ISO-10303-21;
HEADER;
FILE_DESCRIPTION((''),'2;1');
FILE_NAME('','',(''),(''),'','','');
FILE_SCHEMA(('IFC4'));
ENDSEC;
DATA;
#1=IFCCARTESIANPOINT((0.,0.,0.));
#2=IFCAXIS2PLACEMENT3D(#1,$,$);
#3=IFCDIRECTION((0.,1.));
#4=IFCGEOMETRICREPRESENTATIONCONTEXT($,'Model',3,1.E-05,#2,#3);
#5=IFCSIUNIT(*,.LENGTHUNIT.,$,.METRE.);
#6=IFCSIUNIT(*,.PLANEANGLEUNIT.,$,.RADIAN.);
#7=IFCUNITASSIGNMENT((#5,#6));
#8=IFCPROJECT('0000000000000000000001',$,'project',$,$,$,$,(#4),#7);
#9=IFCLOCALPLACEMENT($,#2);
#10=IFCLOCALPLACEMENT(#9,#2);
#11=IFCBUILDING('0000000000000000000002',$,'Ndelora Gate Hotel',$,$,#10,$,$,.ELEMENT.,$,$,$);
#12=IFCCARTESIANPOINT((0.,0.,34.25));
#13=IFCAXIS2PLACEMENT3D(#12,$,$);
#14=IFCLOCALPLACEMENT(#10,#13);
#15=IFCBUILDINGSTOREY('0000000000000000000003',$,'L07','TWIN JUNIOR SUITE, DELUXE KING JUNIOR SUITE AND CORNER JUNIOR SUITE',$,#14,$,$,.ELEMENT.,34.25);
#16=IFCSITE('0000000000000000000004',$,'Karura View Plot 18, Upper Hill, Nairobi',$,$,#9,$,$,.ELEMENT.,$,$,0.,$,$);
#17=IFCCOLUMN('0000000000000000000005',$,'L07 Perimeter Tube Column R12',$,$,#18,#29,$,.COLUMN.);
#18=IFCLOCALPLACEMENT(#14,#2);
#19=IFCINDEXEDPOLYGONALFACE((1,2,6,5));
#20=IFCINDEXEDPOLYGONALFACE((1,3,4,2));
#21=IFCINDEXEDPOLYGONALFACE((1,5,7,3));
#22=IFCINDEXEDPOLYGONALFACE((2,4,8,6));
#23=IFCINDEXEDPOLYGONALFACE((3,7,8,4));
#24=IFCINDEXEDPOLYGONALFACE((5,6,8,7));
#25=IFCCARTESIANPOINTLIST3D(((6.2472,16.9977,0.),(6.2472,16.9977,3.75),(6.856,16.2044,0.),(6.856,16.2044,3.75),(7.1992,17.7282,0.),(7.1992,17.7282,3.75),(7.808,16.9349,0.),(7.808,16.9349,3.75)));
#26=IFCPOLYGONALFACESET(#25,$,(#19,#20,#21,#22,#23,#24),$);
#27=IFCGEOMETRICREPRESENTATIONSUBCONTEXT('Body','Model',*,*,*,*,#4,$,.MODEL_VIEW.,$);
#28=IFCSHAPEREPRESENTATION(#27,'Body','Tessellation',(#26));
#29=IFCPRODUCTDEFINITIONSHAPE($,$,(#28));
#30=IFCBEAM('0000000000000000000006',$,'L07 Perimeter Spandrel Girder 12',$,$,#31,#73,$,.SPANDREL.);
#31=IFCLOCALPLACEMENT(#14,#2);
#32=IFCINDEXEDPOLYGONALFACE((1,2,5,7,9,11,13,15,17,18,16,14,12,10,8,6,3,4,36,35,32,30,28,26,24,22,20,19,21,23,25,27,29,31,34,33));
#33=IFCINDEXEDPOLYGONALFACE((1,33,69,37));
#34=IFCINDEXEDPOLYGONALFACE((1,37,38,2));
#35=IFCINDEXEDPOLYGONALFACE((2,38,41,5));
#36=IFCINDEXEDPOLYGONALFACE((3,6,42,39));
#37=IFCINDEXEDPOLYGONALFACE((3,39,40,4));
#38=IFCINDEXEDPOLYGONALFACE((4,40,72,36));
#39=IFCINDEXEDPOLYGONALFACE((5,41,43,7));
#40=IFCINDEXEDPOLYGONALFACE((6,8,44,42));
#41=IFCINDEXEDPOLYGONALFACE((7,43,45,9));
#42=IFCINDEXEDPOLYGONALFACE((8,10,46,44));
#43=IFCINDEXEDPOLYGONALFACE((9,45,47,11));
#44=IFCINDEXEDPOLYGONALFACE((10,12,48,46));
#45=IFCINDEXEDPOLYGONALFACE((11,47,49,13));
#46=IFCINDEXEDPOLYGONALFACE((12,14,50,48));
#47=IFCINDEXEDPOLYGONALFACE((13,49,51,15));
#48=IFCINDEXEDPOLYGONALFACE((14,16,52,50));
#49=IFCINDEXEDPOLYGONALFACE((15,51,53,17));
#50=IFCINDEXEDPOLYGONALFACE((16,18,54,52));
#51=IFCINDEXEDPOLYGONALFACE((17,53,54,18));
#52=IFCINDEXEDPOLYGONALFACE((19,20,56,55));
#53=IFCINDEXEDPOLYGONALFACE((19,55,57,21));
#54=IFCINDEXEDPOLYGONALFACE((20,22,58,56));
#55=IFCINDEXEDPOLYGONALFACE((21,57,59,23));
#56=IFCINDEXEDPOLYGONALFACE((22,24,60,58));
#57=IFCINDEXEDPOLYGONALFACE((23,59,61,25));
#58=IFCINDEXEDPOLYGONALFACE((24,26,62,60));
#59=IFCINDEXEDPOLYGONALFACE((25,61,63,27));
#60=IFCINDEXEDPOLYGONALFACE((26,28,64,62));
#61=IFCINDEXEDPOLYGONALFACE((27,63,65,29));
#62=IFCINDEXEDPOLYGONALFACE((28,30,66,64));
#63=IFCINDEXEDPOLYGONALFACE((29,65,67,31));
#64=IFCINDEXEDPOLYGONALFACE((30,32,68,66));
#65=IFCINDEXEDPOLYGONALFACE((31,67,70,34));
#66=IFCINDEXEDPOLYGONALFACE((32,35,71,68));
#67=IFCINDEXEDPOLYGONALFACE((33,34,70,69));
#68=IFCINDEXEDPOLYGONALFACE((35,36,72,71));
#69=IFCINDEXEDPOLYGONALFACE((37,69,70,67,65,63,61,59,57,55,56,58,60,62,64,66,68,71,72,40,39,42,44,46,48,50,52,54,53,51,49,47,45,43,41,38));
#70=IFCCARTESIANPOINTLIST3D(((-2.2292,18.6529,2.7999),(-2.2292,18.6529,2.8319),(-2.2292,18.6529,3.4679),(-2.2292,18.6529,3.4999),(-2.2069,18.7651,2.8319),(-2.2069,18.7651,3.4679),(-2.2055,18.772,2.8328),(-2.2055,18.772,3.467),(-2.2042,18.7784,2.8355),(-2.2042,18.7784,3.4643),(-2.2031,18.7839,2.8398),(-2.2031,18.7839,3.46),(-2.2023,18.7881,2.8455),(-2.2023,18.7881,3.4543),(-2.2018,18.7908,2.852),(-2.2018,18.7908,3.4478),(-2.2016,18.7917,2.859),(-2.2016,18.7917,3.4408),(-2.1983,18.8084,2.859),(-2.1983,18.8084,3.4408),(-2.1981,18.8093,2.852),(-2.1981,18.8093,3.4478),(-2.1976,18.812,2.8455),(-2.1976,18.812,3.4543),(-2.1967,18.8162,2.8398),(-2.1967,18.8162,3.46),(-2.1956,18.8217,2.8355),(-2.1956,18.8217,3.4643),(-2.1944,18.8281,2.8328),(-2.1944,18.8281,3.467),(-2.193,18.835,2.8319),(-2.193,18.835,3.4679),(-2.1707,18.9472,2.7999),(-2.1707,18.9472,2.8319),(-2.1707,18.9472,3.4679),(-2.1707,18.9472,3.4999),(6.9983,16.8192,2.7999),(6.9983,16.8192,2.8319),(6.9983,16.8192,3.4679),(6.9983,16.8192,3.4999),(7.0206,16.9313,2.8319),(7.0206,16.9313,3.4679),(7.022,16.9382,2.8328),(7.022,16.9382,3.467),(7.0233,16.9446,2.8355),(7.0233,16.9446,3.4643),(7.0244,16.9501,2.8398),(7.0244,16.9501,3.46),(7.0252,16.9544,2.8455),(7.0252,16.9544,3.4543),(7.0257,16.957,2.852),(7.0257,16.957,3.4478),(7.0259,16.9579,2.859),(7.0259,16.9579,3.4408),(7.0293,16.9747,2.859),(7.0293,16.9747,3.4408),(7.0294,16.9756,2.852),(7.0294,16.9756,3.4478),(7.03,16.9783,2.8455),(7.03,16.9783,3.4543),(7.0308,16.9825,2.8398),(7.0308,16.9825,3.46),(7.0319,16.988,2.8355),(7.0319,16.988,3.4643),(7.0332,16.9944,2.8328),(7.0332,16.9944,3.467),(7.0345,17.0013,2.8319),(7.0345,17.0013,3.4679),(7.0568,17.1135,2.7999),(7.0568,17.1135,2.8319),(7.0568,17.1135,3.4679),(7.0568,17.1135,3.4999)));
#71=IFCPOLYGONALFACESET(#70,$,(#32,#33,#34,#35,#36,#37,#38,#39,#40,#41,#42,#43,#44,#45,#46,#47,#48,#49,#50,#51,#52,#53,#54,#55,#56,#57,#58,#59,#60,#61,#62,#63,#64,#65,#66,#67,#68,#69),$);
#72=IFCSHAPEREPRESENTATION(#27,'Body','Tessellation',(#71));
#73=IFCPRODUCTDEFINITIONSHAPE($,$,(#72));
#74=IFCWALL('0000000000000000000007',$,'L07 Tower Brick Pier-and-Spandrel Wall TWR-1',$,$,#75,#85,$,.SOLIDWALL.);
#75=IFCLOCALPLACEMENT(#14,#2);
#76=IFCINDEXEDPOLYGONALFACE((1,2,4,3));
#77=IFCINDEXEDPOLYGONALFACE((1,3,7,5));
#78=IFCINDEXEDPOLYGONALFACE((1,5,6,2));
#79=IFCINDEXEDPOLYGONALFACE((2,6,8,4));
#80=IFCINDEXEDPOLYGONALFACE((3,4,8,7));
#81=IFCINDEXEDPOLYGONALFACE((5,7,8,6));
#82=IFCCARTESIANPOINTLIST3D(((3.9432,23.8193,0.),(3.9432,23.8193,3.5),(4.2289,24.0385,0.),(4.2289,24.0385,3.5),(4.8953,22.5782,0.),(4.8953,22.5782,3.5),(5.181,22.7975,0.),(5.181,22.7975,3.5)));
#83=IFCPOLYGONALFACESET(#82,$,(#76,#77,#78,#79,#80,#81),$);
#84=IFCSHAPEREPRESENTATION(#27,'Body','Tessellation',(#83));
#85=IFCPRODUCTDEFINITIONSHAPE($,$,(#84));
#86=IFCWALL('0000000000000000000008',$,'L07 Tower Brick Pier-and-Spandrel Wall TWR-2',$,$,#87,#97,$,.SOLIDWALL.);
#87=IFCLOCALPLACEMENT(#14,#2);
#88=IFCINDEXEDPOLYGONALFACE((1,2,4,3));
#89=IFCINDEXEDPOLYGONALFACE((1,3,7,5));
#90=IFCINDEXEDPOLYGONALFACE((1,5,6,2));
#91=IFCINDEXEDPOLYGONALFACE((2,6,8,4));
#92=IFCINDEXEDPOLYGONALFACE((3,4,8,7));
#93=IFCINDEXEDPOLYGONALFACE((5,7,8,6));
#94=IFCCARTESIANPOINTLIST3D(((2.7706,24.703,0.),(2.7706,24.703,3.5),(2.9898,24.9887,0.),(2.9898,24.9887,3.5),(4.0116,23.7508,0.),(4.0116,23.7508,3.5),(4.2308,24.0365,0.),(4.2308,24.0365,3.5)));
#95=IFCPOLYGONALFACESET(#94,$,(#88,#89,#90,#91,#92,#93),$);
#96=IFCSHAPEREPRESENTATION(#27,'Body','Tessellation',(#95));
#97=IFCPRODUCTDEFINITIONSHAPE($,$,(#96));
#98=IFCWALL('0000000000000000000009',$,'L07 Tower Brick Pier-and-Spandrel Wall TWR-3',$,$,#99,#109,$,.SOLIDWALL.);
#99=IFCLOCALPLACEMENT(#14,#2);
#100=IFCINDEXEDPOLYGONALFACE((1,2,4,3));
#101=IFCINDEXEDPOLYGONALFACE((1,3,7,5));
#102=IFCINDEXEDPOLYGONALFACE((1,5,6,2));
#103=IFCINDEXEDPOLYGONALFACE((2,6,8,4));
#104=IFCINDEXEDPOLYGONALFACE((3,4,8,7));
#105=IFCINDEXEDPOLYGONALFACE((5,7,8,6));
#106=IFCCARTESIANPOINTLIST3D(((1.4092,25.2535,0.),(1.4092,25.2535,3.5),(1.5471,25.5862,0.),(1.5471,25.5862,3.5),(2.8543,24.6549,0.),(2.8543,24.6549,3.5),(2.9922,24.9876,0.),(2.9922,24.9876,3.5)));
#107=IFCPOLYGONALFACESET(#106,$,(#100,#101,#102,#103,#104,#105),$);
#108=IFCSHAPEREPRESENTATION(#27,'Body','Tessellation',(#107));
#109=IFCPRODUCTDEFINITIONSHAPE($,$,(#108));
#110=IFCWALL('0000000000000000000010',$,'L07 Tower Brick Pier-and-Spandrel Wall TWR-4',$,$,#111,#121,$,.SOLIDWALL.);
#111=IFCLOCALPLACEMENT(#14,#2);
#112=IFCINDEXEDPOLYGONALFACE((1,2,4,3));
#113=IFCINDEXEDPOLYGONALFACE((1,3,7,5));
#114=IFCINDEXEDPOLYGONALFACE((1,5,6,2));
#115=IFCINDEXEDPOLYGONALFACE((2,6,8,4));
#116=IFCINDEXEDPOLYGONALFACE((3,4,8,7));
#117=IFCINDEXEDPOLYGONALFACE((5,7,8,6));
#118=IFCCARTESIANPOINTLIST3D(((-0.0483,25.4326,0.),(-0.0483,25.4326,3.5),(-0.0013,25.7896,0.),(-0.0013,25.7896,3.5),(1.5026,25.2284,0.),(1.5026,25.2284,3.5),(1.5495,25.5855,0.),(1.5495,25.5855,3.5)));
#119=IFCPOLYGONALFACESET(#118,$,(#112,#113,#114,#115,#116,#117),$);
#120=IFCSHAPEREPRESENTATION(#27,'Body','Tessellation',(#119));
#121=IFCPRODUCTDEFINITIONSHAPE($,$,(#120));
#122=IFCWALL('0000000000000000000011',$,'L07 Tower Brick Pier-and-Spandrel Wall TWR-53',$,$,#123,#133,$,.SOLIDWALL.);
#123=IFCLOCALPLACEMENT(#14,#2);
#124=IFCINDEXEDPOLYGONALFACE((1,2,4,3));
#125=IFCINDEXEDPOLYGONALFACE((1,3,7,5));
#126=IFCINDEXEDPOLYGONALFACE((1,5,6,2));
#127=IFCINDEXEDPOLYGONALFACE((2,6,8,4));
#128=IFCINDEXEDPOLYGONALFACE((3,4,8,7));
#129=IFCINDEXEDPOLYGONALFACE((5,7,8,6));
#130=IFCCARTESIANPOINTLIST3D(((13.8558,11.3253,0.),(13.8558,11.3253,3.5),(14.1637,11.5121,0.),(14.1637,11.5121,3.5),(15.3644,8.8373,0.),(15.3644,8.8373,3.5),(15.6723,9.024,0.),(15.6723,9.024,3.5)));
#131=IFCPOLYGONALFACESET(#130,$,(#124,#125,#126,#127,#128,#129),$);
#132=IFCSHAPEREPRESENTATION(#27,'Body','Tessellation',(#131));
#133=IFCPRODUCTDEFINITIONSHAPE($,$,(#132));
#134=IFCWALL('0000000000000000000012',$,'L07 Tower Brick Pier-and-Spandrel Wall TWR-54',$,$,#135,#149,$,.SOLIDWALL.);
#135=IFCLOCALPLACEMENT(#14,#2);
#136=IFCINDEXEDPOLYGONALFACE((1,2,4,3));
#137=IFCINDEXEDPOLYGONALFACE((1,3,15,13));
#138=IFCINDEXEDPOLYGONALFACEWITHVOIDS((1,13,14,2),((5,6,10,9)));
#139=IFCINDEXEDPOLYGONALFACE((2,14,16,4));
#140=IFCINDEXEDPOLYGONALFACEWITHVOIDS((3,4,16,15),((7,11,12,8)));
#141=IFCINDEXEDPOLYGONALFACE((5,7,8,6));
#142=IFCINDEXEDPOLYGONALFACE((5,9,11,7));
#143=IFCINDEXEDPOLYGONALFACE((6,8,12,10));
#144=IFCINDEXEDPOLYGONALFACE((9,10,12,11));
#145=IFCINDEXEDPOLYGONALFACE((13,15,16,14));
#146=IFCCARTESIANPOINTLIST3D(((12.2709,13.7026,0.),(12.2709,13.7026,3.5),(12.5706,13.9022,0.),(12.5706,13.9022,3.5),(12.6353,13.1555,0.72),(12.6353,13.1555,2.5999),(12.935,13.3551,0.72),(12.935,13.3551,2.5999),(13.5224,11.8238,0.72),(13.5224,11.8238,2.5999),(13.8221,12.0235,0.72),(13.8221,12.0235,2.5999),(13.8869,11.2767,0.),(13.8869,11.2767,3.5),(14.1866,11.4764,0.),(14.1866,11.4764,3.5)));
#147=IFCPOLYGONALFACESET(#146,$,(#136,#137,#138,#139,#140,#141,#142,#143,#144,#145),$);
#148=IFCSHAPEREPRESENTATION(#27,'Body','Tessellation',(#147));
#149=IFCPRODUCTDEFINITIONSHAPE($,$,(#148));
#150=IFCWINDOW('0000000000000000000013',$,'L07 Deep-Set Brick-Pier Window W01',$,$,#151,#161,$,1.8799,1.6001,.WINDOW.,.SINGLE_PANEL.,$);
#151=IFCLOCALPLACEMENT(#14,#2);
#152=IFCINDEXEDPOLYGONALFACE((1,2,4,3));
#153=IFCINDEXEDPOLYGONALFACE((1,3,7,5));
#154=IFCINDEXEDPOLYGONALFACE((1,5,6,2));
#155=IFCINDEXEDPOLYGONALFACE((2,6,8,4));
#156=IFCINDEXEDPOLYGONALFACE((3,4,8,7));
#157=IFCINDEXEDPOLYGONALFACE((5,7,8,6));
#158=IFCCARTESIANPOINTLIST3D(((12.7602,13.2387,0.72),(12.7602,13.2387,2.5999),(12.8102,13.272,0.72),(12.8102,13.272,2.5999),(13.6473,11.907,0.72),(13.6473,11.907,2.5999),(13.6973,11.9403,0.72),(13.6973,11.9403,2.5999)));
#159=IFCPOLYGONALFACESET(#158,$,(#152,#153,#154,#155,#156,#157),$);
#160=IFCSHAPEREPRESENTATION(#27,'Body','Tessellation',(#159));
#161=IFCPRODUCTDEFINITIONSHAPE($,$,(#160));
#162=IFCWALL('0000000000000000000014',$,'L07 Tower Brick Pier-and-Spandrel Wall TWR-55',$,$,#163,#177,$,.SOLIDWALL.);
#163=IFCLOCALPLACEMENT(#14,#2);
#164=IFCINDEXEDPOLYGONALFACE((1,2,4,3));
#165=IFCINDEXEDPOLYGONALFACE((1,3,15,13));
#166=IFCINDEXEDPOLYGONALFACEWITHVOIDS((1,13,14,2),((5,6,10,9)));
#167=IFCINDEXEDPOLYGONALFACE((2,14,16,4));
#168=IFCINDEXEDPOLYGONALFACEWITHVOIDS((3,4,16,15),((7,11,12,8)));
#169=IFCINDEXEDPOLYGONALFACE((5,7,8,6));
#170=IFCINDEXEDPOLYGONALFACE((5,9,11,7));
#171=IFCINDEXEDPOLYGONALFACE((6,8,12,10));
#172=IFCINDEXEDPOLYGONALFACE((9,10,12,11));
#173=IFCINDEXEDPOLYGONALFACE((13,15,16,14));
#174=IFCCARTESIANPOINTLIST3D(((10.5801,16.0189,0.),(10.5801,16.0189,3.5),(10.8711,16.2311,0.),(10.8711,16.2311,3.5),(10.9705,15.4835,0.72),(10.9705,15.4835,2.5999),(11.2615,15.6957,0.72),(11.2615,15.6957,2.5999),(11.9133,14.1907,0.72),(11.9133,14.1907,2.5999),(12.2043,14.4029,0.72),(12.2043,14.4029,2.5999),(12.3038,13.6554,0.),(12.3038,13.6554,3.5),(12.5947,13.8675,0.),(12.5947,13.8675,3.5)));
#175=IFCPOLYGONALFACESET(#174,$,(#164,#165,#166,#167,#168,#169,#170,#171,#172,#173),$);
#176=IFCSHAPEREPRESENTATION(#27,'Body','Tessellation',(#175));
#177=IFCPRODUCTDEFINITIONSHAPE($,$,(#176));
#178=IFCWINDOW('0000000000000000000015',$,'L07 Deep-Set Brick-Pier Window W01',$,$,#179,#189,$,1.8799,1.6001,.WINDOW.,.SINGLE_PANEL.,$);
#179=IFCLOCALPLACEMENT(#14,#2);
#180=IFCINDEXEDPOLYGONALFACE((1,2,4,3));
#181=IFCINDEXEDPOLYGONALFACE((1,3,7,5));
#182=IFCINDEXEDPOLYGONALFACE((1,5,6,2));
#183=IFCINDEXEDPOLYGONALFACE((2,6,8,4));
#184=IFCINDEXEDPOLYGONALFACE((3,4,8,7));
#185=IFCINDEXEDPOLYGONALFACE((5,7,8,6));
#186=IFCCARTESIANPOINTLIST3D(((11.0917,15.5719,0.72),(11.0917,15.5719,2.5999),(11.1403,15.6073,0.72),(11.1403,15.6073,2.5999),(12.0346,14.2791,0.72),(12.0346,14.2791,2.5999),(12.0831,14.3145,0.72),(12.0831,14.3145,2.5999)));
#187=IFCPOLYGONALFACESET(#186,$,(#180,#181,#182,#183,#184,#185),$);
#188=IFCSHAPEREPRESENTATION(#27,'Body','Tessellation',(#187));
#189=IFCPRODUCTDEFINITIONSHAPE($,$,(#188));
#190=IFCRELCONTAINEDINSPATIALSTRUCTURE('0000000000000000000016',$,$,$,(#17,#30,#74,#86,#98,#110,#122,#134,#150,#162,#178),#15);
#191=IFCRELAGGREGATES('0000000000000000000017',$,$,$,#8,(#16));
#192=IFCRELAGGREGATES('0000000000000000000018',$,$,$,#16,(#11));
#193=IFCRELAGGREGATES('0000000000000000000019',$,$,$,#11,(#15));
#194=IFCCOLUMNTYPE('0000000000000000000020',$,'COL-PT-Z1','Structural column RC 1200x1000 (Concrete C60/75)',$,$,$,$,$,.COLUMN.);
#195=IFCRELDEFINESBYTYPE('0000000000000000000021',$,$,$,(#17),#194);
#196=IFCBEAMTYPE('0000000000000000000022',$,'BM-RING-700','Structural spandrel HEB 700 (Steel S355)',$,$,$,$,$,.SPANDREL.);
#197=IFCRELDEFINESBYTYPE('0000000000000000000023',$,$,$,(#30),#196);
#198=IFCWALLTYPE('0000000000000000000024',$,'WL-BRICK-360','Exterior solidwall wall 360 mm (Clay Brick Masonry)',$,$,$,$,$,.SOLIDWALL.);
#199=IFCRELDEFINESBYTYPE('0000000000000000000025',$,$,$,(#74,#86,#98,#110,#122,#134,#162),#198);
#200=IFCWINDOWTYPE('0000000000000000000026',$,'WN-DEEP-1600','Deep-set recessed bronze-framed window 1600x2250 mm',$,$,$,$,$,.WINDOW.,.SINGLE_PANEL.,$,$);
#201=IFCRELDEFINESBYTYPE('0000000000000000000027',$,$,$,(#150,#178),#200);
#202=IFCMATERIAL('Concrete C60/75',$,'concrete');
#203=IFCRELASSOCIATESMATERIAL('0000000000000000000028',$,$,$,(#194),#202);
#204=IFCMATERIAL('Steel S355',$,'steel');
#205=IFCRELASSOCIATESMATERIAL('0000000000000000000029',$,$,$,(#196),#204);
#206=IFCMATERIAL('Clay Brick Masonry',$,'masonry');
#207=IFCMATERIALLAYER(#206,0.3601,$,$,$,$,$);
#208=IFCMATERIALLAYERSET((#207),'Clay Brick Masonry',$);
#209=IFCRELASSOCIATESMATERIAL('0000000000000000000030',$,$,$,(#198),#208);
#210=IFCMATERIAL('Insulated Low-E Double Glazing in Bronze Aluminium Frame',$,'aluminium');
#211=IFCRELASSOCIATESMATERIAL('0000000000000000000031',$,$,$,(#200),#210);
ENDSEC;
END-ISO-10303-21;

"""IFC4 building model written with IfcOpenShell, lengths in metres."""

from ifc_helpers import new_model, si_unit, direction, frame, frame_2d, origin, origin_2d, place, context, subcontext, project, spatial, rectangle, i_section, extrude, material, layer, layer_set, material_profile, profile_set, type_object, element, fill, save


model = new_model("IFC4")

# Units and contexts
model_context = context("Model", 3, precision=1e-05, world=origin(), true_north=direction((0.0, 1.0)))
body_context = subcontext(model_context, "Body", "Model", "MODEL_VIEW")
ifc_project = project(units=[si_unit("LENGTHUNIT", "METRE"), si_unit("PLANEANGLEUNIT", "RADIAN")], contexts=[model_context])

# Site, building, storey
site_placement = place(None, origin())
site = spatial("IfcSite", under=ifc_project, at=site_placement, Name="Karura View Plot 18, Upper Hill, Nairobi", CompositionType="ELEMENT", RefElevation=0.0)
building_placement = place(site_placement, origin())
building = spatial("IfcBuilding", under=site, at=building_placement, Name="Ndelora Gate Hotel", CompositionType="ELEMENT")
storey_placement = place(building_placement, frame((0.0, 0.0, 34.25)))
storey = spatial("IfcBuildingStorey", under=building, at=storey_placement, Name="L07", Description="TWIN JUNIOR SUITE, DELUXE KING JUNIOR SUITE AND CORNER JUNIOR SUITE", CompositionType="ELEMENT", Elevation=34.25)

# Column
ifc_material_1 = material(Name="Concrete C60/75", Category="concrete")
ifc_material_profile_1 = material_profile(ifc_material_1, rectangle(XDim=1.0, YDim=1.2, at=origin_2d()), Name="RC 1200x1000")
ifc_profile_set_1 = profile_set([ifc_material_profile_1], Name="Concrete C60/75")
column_type = type_object("IfcColumnType", Name="COL-PT-Z1", Description="Structural column RC 1200x1000 (Concrete C60/75)", PredefinedType="COLUMN", material=ifc_profile_set_1)
column_placement = place(storey_placement, frame((7.0276, 16.9663, 0.0), z_axis=(0.0, 0.0, 1.0), x_axis=(-0.608761, 0.793353, 0.0)))
element("IfcColumn", 1, at=column_placement, inside=storey, type_object=column_type, Name="L07 Perimeter Tube Column R12", PredefinedType="COLUMN", context=body_context, shape_type="SweptSolid", body=[
    extrude(rectangle(XDim=1.0, YDim=1.2, at=origin_2d()), origin(), (0.0, 0.0, 1.0), 3.75),
])

# Beam
ifc_material_2 = material(Name="Steel S355", Category="steel")
ifc_material_profile_2 = material_profile(ifc_material_2, i_section(OverallWidth=0.3, OverallDepth=0.7, WebThickness=0.0171, FlangeThickness=0.032, FilletRadius=0.0271, at=origin_2d()), Name="HEB 700")
ifc_profile_set_2 = profile_set([ifc_material_profile_2], Name="Steel S355")
beam_type = type_object("IfcBeamType", Name="BM-RING-700", Description="Structural spandrel HEB 700 (Steel S355)", PredefinedType="SPANDREL", material=ifc_profile_set_2)
beam_placement = place(storey_placement, frame((7.0276, 16.9663, 3.1499), z_axis=(-0.98082, 0.194913, 0.0), x_axis=(-0.194913, -0.98082, 0.0)))
element("IfcBeam", 2, at=beam_placement, inside=storey, type_object=beam_type, Name="L07 Perimeter Spandrel Girder 12", PredefinedType="SPANDREL", context=body_context, shape_type="SweptSolid", body=[
    extrude(i_section(OverallWidth=0.3, OverallDepth=0.7, WebThickness=0.0171, FlangeThickness=0.032, FilletRadius=0.0271, at=origin_2d()), origin(), (0.0, 0.0, 1.0), 9.408),
])

# Walls
ifc_material_3 = material(Name="Clay Brick Masonry", Category="masonry")
ifc_layer_1 = layer(ifc_material_3, 0.3601)
ifc_layer_set_1 = layer_set([ifc_layer_1], Name="Clay Brick Masonry")
wall_type_1 = type_object("IfcWallType", Name="WL-BRICK-360", Description="Exterior solidwall wall 360 mm (Clay Brick Masonry)", PredefinedType="SOLIDWALL", material=ifc_layer_set_1)
for number, where, z_axis, x_axis, name in (
    (3, (4.0859, 23.929, 0.0), (0.0, 0.0, 1.0), (0.60873, -0.793378, 0.0), "L07 Tower Brick Pier-and-Spandrel Wall TWR-1"),
    (4, (2.8801, 24.8459, 0.0), (0.0, 0.0, 1.0), (0.793378, -0.60873, 0.0), "L07 Tower Brick Pier-and-Spandrel Wall TWR-2"),
    (5, (1.478, 25.4199, 0.0), (0.0, 0.0, 1.0), (0.923865, -0.382719, 0.0), "L07 Tower Brick Pier-and-Spandrel Wall TWR-3"),
    (6, (-0.0249, 25.6111, 0.0), (0.0, 0.0, 1.0), (0.99145, -0.130487, 0.0), "L07 Tower Brick Pier-and-Spandrel Wall TWR-4"),
):
    element("IfcWall", number, at=place(storey_placement, frame(where, z_axis=z_axis, x_axis=x_axis)), inside=storey, type_object=wall_type_1, Name=name, PredefinedType="SOLIDWALL", context=body_context, shape_type="SweptSolid", body=[
        extrude(rectangle(XDim=1.5642, YDim=0.3601, at=frame_2d((0.7822, 0.0))), origin(), (0.0, 0.0, 1.0), 3.5),
    ])
wall_1_placement = place(storey_placement, frame((14.0098, 11.4187, 0.0), z_axis=(0.0, 0.0, 1.0), x_axis=(0.518463, -0.8551, 0.0)))
element("IfcWall", 7, at=wall_1_placement, inside=storey, type_object=wall_type_1, Name="L07 Tower Brick Pier-and-Spandrel Wall TWR-53", PredefinedType="SOLIDWALL", context=body_context, shape_type="SweptSolid", body=[
    extrude(rectangle(XDim=2.9097, YDim=0.3601, at=frame_2d((1.4548, 0.0))), origin(), (0.0, 0.0, 1.0), 3.5),
])

# Walls, openings, windows
wall_2_placement = place(storey_placement, frame((12.4207, 13.8025, 0.0), z_axis=(0.0, 0.0, 1.0), x_axis=(0.55441, -0.832244, 0.0)))
wall_2 = element("IfcWall", 8, at=wall_2_placement, inside=storey, type_object=wall_type_1, Name="L07 Tower Brick Pier-and-Spandrel Wall TWR-54", PredefinedType="SOLIDWALL", context=body_context, shape_type="SweptSolid", body=[
    extrude(rectangle(XDim=2.9148, YDim=0.3601, at=frame_2d((1.4575, 0.0))), origin(), (0.0, 0.0, 1.0), 3.5),
])
opening_1_placement = place(wall_2_placement, frame((0.6575, 0.0, 0.72)))
opening_1 = element("IfcOpeningElement", 9, at=opening_1_placement, cuts=wall_2, PredefinedType="OPENING", context=body_context, shape_type="SweptSolid", body=[
    extrude(rectangle(XDim=1.6001, YDim=1.8799, at=frame_2d((0.8, 0.9399))), frame((0.0, 0.1899, 0.0), z_axis=(0.0, -1.0, 0.0), x_axis=(1.0, 0.0, 0.0)), (0.0, 0.0, 1.0), 0.3801),
])
ifc_material_4 = material(Name="Insulated Low-E Double Glazing in Bronze Aluminium Frame", Category="aluminium")
window_type = type_object("IfcWindowType", Name="WN-DEEP-1600", Description="Deep-set recessed bronze-framed window 1600x2250 mm", PartitioningType="SINGLE_PANEL", PredefinedType="WINDOW", material=ifc_material_4)
window_1_placement = place(opening_1_placement, origin())
window_1 = element("IfcWindow", 10, at=window_1_placement, inside=storey, type_object=window_type, Name="L07 Deep-Set Brick-Pier Window W01", OverallHeight=1.8799, OverallWidth=1.6001, PartitioningType="SINGLE_PANEL", PredefinedType="WINDOW", context=body_context, shape_type="SweptSolid", body=[
    extrude(rectangle(XDim=1.6001, YDim=1.8799, at=frame_2d((0.8, 0.9399))), frame((0.0, 0.03, 0.0), z_axis=(0.0, -1.0, 0.0), x_axis=(1.0, 0.0, 0.0)), (0.0, 0.0, 1.0), 0.0601),
])
fill(opening_1, window_1)
wall_3_placement = place(storey_placement, frame((10.7256, 16.125, 0.0), z_axis=(0.0, 0.0, 1.0), x_axis=(0.589223, -0.80797, 0.0)))
wall_3 = element("IfcWall", 11, at=wall_3_placement, inside=storey, type_object=wall_type_1, Name="L07 Tower Brick Pier-and-Spandrel Wall TWR-55", PredefinedType="SOLIDWALL", context=body_context, shape_type="SweptSolid", body=[
    extrude(rectangle(XDim=2.9253, YDim=0.3601, at=frame_2d((1.4626, 0.0))), origin(), (0.0, 0.0, 1.0), 3.5),
])
opening_2_placement = place(wall_3_placement, frame((0.6626, 0.0, 0.72)))
opening_2 = element("IfcOpeningElement", 12, at=opening_2_placement, cuts=wall_3, PredefinedType="OPENING", context=body_context, shape_type="SweptSolid", body=[
    extrude(rectangle(XDim=1.6001, YDim=1.8799, at=frame_2d((0.8, 0.9399))), frame((0.0, 0.1899, 0.0), z_axis=(0.0, -1.0, 0.0), x_axis=(1.0, 0.0, 0.0)), (0.0, 0.0, 1.0), 0.3801),
])
window_2_placement = place(opening_2_placement, origin())
window_2 = element("IfcWindow", 13, at=window_2_placement, inside=storey, type_object=window_type, Name="L07 Deep-Set Brick-Pier Window W01", OverallHeight=1.8799, OverallWidth=1.6001, PartitioningType="SINGLE_PANEL", PredefinedType="WINDOW", context=body_context, shape_type="SweptSolid", body=[
    extrude(rectangle(XDim=1.6001, YDim=1.8799, at=frame_2d((0.8, 0.9399))), frame((0.0, 0.03, 0.0), z_axis=(0.0, -1.0, 0.0), x_axis=(1.0, 0.0, 0.0)), (0.0, 0.0, 1.0), 0.0601),
])
fill(opening_2, window_2)

save(model, "model.ifc")
